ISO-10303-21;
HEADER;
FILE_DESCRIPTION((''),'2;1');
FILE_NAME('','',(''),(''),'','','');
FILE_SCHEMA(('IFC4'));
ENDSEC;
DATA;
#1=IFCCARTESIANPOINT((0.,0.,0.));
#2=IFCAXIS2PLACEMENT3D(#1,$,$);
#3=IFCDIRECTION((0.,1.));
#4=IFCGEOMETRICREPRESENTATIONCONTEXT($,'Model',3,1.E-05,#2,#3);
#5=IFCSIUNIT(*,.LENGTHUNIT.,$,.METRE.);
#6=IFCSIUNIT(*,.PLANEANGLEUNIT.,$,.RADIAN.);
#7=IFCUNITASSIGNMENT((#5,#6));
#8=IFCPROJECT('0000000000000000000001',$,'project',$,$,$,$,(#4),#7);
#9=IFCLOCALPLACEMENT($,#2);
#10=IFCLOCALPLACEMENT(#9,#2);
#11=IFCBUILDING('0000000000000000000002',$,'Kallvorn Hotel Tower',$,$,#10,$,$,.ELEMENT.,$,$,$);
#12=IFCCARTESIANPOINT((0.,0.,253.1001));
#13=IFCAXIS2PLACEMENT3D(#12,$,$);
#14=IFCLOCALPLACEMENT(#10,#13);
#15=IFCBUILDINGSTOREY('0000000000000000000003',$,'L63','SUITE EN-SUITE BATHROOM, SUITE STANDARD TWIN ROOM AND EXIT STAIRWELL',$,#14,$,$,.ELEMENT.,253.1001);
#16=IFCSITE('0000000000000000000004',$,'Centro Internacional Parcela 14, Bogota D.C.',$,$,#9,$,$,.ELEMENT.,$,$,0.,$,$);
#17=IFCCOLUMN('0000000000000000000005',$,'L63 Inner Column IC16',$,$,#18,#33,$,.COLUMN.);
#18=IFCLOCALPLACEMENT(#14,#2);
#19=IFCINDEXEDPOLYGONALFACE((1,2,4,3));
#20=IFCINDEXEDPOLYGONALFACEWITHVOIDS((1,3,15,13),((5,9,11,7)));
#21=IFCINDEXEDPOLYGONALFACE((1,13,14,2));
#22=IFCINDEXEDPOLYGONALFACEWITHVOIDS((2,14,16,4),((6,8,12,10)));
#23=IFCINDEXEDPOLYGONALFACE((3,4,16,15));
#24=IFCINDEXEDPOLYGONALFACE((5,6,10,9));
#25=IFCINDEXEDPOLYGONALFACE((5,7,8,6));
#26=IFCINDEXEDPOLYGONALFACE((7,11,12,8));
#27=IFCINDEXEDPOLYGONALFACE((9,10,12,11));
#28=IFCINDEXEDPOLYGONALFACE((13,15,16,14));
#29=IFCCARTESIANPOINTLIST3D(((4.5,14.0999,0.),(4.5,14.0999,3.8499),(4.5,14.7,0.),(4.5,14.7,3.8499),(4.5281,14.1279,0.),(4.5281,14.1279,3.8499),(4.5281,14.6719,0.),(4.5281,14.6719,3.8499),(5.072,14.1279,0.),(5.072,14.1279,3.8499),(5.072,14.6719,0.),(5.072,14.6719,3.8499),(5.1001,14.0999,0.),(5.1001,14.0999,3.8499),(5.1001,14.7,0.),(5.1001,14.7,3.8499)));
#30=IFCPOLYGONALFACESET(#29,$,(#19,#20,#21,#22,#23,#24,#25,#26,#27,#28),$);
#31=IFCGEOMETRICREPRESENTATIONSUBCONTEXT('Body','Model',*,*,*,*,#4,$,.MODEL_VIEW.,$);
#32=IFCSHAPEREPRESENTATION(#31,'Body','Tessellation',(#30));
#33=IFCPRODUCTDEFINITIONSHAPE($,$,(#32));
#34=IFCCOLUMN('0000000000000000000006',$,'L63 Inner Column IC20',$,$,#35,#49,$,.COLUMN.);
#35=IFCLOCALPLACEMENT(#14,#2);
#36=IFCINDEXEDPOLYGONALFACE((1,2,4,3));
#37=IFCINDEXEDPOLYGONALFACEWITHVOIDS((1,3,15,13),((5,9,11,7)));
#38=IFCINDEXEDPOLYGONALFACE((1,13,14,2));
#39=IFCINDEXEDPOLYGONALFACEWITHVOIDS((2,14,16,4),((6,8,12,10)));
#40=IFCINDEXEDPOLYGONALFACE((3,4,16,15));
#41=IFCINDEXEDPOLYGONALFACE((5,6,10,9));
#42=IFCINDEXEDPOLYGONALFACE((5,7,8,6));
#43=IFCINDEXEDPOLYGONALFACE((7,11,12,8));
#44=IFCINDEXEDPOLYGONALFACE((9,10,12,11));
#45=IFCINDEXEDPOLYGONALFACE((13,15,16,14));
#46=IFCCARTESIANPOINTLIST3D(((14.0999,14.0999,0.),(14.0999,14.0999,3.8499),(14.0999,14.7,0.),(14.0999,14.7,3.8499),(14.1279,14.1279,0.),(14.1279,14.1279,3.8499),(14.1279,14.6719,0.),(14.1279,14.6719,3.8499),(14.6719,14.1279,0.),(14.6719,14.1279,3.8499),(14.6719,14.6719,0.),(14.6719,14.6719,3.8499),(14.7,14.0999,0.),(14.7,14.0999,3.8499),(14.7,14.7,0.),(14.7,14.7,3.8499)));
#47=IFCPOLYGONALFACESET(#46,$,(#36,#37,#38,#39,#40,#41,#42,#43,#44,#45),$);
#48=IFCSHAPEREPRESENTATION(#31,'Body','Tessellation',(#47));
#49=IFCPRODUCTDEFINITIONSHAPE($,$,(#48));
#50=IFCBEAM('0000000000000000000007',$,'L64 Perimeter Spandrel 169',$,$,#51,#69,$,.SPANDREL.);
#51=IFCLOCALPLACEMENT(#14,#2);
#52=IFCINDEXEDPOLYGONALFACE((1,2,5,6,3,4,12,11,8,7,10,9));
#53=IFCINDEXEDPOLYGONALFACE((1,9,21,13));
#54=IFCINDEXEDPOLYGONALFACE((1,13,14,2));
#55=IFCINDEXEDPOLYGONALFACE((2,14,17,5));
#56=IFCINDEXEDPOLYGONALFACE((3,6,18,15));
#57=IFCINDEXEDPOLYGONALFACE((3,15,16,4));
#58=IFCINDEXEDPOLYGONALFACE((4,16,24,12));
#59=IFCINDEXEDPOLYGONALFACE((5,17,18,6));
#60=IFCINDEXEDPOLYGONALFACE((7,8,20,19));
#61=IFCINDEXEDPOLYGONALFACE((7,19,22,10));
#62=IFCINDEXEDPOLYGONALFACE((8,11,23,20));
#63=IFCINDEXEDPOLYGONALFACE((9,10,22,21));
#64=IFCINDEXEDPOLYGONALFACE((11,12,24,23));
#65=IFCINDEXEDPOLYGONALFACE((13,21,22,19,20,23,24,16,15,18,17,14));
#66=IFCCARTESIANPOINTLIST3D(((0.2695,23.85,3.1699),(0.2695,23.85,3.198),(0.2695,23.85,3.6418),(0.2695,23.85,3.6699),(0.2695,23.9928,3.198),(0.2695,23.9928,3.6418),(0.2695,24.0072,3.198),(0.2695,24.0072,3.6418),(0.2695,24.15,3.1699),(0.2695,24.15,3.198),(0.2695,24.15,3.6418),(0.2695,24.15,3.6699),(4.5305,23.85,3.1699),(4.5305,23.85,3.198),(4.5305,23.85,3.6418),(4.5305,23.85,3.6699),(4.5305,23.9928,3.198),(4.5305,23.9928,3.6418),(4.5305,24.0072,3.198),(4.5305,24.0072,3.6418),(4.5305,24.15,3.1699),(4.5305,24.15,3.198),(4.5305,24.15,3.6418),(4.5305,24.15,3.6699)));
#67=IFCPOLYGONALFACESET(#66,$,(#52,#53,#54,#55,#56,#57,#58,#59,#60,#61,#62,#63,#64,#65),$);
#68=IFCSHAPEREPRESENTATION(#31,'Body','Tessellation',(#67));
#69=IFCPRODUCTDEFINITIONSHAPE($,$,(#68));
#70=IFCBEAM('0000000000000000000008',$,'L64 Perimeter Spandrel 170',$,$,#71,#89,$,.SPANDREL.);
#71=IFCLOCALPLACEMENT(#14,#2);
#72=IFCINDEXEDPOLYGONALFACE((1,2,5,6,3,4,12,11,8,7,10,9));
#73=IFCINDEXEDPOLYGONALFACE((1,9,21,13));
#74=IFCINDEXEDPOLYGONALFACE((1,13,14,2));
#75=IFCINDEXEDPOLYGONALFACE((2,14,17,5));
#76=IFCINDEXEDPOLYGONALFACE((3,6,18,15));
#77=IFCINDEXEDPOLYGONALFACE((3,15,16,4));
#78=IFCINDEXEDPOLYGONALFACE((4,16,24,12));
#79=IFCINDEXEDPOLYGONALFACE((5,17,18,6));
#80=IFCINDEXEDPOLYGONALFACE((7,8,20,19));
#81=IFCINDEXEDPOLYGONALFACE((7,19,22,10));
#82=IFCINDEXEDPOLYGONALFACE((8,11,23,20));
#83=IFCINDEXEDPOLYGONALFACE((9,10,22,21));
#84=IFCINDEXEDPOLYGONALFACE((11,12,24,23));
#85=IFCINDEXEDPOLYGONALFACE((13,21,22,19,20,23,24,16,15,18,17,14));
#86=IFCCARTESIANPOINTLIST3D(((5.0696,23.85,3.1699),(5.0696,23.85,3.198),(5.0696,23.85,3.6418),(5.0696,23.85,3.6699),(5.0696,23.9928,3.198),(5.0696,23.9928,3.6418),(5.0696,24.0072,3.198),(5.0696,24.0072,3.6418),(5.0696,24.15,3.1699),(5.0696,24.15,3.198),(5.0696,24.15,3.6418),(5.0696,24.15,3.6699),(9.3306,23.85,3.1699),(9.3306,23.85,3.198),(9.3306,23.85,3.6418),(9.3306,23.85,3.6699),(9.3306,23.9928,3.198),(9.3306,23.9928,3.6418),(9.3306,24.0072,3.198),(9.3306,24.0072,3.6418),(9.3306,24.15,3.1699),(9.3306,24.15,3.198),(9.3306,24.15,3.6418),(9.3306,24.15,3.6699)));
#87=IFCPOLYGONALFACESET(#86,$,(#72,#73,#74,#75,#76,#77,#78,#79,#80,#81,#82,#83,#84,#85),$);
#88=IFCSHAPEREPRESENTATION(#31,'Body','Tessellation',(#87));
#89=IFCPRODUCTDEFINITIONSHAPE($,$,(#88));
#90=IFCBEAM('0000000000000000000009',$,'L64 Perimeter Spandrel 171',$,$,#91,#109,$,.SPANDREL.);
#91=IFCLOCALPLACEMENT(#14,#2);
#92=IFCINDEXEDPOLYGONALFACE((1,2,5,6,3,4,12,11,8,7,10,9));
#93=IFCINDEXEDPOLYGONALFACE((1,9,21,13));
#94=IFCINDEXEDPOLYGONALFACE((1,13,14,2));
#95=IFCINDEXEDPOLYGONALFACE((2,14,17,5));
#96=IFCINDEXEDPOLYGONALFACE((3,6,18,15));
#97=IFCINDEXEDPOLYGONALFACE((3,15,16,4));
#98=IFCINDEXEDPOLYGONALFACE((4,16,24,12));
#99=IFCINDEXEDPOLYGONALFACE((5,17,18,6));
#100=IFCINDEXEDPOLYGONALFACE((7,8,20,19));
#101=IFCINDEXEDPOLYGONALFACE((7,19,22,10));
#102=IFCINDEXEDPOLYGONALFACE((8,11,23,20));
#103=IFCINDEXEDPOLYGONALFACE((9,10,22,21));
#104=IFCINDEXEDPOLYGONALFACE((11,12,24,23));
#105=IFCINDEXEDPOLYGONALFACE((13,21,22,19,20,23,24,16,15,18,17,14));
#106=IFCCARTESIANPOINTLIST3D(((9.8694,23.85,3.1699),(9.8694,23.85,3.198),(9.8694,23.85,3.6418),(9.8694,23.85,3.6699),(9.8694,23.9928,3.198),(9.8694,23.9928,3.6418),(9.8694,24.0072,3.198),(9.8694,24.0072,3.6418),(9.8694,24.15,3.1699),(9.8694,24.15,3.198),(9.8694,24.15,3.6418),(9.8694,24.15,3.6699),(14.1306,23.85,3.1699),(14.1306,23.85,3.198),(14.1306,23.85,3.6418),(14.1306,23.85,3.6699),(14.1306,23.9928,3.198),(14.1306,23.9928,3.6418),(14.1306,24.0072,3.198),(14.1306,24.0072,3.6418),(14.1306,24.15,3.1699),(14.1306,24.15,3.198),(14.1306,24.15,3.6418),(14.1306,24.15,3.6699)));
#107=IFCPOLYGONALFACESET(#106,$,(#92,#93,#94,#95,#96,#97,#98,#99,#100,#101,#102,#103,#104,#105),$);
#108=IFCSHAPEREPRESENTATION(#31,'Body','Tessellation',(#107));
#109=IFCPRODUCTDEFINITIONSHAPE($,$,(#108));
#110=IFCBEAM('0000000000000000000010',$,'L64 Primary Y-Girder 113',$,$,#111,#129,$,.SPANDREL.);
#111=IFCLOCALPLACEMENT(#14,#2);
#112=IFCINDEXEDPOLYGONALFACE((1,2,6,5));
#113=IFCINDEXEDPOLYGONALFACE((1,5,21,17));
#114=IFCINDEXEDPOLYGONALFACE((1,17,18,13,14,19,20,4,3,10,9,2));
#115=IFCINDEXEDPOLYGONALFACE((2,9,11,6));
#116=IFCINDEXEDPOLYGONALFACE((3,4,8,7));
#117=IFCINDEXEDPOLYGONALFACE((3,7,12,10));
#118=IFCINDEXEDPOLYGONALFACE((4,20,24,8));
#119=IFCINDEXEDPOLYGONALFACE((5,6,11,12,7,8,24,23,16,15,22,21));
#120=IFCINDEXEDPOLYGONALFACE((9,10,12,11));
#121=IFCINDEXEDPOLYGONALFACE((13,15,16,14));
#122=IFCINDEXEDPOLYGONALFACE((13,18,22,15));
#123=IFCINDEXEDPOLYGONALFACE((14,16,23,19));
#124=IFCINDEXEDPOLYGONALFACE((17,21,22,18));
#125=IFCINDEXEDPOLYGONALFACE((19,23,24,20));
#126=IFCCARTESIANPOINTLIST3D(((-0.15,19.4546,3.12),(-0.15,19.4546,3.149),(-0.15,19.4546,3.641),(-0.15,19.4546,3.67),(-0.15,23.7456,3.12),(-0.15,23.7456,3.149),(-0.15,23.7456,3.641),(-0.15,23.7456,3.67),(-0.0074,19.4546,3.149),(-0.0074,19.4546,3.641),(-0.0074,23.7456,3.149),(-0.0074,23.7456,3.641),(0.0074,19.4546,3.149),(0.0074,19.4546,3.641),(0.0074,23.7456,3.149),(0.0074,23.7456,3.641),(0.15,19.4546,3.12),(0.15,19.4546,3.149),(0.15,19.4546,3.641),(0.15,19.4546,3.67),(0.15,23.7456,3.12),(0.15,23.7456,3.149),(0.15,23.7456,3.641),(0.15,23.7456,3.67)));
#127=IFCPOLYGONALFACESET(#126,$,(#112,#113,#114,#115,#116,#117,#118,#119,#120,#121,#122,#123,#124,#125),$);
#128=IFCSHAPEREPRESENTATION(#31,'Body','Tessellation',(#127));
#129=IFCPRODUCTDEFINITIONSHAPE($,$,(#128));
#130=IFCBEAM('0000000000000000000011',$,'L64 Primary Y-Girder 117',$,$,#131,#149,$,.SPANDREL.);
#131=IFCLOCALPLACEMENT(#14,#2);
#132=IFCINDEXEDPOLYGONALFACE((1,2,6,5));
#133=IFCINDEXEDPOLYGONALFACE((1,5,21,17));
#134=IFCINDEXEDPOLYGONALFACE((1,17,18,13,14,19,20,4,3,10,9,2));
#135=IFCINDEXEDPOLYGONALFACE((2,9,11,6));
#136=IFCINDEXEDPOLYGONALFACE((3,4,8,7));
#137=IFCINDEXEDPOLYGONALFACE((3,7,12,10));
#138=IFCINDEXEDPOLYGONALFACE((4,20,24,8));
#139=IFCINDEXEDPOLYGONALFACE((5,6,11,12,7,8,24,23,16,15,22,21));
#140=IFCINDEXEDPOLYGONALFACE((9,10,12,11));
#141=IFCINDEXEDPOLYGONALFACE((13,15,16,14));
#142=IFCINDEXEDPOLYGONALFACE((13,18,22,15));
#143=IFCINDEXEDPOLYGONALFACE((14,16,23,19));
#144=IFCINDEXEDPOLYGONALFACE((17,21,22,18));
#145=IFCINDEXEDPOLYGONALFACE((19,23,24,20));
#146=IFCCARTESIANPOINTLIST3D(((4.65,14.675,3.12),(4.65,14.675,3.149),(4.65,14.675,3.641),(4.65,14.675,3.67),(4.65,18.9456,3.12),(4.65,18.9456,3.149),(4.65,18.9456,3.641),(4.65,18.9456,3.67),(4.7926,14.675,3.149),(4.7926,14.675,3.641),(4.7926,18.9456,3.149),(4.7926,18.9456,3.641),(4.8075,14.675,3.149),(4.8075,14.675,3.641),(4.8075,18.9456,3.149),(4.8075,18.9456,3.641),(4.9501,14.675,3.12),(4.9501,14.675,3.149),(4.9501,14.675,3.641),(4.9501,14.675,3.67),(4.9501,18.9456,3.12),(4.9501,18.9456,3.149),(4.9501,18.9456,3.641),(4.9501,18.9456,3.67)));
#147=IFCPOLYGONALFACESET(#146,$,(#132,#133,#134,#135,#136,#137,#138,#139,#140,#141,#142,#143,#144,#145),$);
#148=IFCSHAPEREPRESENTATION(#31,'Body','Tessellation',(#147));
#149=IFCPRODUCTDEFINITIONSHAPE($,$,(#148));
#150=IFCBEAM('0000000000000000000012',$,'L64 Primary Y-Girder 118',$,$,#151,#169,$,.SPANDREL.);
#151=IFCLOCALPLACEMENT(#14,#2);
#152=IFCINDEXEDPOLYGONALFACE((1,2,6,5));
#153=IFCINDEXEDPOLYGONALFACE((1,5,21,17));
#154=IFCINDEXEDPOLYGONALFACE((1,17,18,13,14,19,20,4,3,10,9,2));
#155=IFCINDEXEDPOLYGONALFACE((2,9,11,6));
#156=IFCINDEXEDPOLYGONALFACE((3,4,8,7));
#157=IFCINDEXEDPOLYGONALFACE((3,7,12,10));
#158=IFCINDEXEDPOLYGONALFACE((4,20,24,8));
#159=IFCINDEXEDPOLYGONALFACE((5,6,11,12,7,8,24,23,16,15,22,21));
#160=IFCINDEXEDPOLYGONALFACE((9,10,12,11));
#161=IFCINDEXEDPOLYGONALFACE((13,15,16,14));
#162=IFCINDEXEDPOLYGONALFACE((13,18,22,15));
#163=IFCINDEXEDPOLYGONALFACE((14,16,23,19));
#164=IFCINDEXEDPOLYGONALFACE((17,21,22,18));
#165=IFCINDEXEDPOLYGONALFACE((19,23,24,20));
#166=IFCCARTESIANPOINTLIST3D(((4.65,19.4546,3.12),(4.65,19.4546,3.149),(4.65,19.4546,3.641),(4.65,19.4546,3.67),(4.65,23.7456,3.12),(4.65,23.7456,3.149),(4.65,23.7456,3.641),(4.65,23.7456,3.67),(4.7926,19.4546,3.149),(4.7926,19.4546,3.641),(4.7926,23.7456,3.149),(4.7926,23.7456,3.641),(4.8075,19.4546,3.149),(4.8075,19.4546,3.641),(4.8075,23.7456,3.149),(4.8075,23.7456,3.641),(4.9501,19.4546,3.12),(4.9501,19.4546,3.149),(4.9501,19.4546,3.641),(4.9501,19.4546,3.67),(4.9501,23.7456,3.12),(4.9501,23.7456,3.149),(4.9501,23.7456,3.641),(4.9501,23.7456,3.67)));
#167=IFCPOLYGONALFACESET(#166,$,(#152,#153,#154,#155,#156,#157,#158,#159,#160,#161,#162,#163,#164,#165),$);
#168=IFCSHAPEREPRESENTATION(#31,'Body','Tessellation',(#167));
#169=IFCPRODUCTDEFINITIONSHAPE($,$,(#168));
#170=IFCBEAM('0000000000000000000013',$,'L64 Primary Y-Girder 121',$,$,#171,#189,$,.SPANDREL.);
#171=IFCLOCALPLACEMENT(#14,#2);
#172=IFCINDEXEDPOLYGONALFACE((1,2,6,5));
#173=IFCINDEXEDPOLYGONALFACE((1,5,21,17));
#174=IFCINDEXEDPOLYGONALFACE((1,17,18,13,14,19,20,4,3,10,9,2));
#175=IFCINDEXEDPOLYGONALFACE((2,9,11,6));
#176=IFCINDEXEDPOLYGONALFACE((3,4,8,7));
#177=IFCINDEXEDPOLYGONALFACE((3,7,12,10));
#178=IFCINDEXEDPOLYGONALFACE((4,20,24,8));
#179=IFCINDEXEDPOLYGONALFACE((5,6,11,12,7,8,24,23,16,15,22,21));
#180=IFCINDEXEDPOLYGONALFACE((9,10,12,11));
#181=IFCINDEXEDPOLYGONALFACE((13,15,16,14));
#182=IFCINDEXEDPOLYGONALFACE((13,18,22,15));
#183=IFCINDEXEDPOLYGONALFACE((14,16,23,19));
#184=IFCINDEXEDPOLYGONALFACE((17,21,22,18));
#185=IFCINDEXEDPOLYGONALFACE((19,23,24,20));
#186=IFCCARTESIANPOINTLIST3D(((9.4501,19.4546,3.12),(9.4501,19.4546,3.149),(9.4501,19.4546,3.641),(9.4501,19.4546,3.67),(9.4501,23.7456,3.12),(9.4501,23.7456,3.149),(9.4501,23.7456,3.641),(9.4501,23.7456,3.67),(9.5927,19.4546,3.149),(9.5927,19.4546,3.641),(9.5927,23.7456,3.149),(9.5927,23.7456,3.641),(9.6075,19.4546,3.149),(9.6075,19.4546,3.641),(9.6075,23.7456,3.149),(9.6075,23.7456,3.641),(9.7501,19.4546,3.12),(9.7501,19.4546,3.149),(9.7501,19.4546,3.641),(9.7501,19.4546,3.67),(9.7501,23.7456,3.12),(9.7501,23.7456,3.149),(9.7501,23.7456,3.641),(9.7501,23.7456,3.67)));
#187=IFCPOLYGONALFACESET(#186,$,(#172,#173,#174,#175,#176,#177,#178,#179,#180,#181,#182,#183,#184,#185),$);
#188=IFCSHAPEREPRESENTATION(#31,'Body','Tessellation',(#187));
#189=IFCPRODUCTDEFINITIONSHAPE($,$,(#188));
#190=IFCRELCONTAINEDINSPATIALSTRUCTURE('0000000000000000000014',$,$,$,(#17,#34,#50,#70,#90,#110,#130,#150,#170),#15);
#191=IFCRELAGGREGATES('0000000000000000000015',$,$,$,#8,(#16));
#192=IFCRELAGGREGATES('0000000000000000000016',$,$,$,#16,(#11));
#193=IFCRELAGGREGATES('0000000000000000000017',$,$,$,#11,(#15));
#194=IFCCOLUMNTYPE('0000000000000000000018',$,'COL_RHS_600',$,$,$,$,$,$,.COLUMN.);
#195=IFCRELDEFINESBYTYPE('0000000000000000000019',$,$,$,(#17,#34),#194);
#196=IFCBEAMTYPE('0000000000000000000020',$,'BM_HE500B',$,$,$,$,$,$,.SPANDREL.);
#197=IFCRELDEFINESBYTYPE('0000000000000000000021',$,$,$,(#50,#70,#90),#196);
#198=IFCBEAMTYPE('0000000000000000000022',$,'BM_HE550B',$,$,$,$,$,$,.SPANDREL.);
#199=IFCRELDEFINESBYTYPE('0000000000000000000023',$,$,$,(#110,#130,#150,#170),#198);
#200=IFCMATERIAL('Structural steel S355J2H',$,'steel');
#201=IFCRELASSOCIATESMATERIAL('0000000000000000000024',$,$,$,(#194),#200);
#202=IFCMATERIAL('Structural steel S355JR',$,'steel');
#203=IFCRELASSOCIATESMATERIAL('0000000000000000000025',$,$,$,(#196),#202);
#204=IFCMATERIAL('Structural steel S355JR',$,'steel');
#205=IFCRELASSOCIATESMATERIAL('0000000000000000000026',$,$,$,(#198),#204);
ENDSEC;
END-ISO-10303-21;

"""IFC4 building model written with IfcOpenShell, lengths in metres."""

from ifc_helpers import new_model, si_unit, direction, frame, origin, origin_2d, place, context, subcontext, project, spatial, hollow_rectangle, i_section, extrude, material, material_profile, profile_set, type_object, element, save


model = new_model("IFC4")

# Units and contexts
model_context = context("Model", 3, precision=1e-05, world=origin(), true_north=direction((0.0, 1.0)))
body_context = subcontext(model_context, "Body", "Model", "MODEL_VIEW")
ifc_project = project(units=[si_unit("LENGTHUNIT", "METRE"), si_unit("PLANEANGLEUNIT", "RADIAN")], contexts=[model_context])

# Site, building, storey
site_placement = place(None, origin())
site = spatial("IfcSite", under=ifc_project, at=site_placement, Name="Centro Internacional Parcela 14, Bogota D.C.", CompositionType="ELEMENT", RefElevation=0.0)
building_placement = place(site_placement, origin())
building = spatial("IfcBuilding", under=site, at=building_placement, Name="Kallvorn Hotel Tower", CompositionType="ELEMENT")
storey_placement = place(building_placement, frame((0.0, 0.0, 253.1001)))
storey = spatial("IfcBuildingStorey", under=building, at=storey_placement, Name="L63", Description="SUITE EN-SUITE BATHROOM, SUITE STANDARD TWIN ROOM AND EXIT STAIRWELL", CompositionType="ELEMENT", Elevation=253.1001)

# Columns
ifc_material_1 = material(Name="Structural steel S355J2H", Category="steel")
ifc_material_profile_1 = material_profile(ifc_material_1, hollow_rectangle(XDim=0.6001, YDim=0.6001, WallThickness=0.0281, at=origin_2d()), Name="RHS 600x600x28")
ifc_profile_set_1 = profile_set([ifc_material_profile_1], Name="Structural steel S355J2H")
column_type_1 = type_object("IfcColumnType", Name="COL_RHS_600", PredefinedType="COLUMN", material=ifc_profile_set_1)
for number, where, z_axis, x_axis, name in (
    (1, (4.8, 14.3999, 0.0), (0.0, 0.0, 1.0), (1.0, 0.0, 0.0), "L63 Inner Column IC16"),
    (2, (14.3999, 14.3999, 0.0), (0.0, 0.0, 1.0), (1.0, 0.0, 0.0), "L63 Inner Column IC20"),
):
    element("IfcColumn", number, at=place(storey_placement, frame(where, z_axis=z_axis, x_axis=x_axis)), inside=storey, type_object=column_type_1, Name=name, PredefinedType="COLUMN", context=body_context, shape_type="SweptSolid", body=[
        extrude(hollow_rectangle(XDim=0.6001, YDim=0.6001, WallThickness=0.0281, at=origin_2d()), origin(), (0.0, 0.0, 1.0), 3.8499),
    ])

# Beams
ifc_material_2 = material(Name="Structural steel S355JR", Category="steel")
ifc_material_profile_2 = material_profile(ifc_material_2, i_section(OverallWidth=0.3, OverallDepth=0.5, WebThickness=0.0144, FlangeThickness=0.0281, at=origin_2d()), Name="HE 500 B")
ifc_profile_set_2 = profile_set([ifc_material_profile_2], Name="Structural steel S355JR")
beam_type_1 = type_object("IfcBeamType", Name="BM_HE500B", PredefinedType="SPANDREL", material=ifc_profile_set_2)
for number, where, z_axis, x_axis, name in (
    (3, (0.2695, 24.0, 3.4199), (1.0, 0.0, 0.0), (0.0, 1.0, 0.0), "L64 Perimeter Spandrel 169"),
    (4, (5.0696, 24.0, 3.4199), (1.0, 0.0, 0.0), (0.0, 1.0, 0.0), "L64 Perimeter Spandrel 170"),
):
    element("IfcBeam", number, at=place(storey_placement, frame(where, z_axis=z_axis, x_axis=x_axis)), inside=storey, type_object=beam_type_1, Name=name, PredefinedType="SPANDREL", context=body_context, shape_type="SweptSolid", body=[
        extrude(i_section(OverallWidth=0.3, OverallDepth=0.5, WebThickness=0.0144, FlangeThickness=0.0281, at=origin_2d()), origin(), (0.0, 0.0, 1.0), 4.261),
    ])
beam_1_placement = place(storey_placement, frame((9.8694, 24.0, 3.4199), z_axis=(1.0, 0.0, 0.0), x_axis=(0.0, 1.0, 0.0)))
element("IfcBeam", 5, at=beam_1_placement, inside=storey, type_object=beam_type_1, Name="L64 Perimeter Spandrel 171", PredefinedType="SPANDREL", context=body_context, shape_type="SweptSolid", body=[
    extrude(i_section(OverallWidth=0.3, OverallDepth=0.5, WebThickness=0.0144, FlangeThickness=0.0281, at=origin_2d()), origin(), (0.0, 0.0, 1.0), 4.2612),
])
ifc_material_3 = material(Name="Structural steel S355JR", Category="steel")
ifc_material_profile_3 = material_profile(ifc_material_3, i_section(OverallWidth=0.3, OverallDepth=0.55, WebThickness=0.0149, FlangeThickness=0.0291, at=origin_2d()), Name="HE 550 B")
ifc_profile_set_3 = profile_set([ifc_material_profile_3], Name="Structural steel S355JR")
beam_type_2 = type_object("IfcBeamType", Name="BM_HE550B", PredefinedType="SPANDREL", material=ifc_profile_set_3)
beam_2_placement = place(storey_placement, frame((0.0, 19.4546, 3.395), z_axis=(0.0, 1.0, 0.0), x_axis=(-1.0, 0.0, 0.0)))
element("IfcBeam", 6, at=beam_2_placement, inside=storey, type_object=beam_type_2, Name="L64 Primary Y-Girder 113", PredefinedType="SPANDREL", context=body_context, shape_type="SweptSolid", body=[
    extrude(i_section(OverallWidth=0.3, OverallDepth=0.55, WebThickness=0.0149, FlangeThickness=0.0291, at=origin_2d()), origin(), (0.0, 0.0, 1.0), 4.291),
])
beam_3_placement = place(storey_placement, frame((4.8, 14.675, 3.395), z_axis=(0.0, 1.0, 0.0), x_axis=(-1.0, 0.0, 0.0)))
element("IfcBeam", 7, at=beam_3_placement, inside=storey, type_object=beam_type_2, Name="L64 Primary Y-Girder 117", PredefinedType="SPANDREL", context=body_context, shape_type="SweptSolid", body=[
    extrude(i_section(OverallWidth=0.3, OverallDepth=0.55, WebThickness=0.0149, FlangeThickness=0.0291, at=origin_2d()), origin(), (0.0, 0.0, 1.0), 4.2705),
])
for number, where, z_axis, x_axis, name in (
    (8, (4.8, 19.4546, 3.395), (0.0, 1.0, 0.0), (-1.0, 0.0, 0.0), "L64 Primary Y-Girder 118"),
    (9, (9.6001, 19.4546, 3.395), (0.0, 1.0, 0.0), (-1.0, 0.0, 0.0), "L64 Primary Y-Girder 121"),
):
    element("IfcBeam", number, at=place(storey_placement, frame(where, z_axis=z_axis, x_axis=x_axis)), inside=storey, type_object=beam_type_2, Name=name, PredefinedType="SPANDREL", context=body_context, shape_type="SweptSolid", body=[
        extrude(i_section(OverallWidth=0.3, OverallDepth=0.55, WebThickness=0.0149, FlangeThickness=0.0291, at=origin_2d()), origin(), (0.0, 0.0, 1.0), 4.291),
    ])

save(model, "model.ifc")
